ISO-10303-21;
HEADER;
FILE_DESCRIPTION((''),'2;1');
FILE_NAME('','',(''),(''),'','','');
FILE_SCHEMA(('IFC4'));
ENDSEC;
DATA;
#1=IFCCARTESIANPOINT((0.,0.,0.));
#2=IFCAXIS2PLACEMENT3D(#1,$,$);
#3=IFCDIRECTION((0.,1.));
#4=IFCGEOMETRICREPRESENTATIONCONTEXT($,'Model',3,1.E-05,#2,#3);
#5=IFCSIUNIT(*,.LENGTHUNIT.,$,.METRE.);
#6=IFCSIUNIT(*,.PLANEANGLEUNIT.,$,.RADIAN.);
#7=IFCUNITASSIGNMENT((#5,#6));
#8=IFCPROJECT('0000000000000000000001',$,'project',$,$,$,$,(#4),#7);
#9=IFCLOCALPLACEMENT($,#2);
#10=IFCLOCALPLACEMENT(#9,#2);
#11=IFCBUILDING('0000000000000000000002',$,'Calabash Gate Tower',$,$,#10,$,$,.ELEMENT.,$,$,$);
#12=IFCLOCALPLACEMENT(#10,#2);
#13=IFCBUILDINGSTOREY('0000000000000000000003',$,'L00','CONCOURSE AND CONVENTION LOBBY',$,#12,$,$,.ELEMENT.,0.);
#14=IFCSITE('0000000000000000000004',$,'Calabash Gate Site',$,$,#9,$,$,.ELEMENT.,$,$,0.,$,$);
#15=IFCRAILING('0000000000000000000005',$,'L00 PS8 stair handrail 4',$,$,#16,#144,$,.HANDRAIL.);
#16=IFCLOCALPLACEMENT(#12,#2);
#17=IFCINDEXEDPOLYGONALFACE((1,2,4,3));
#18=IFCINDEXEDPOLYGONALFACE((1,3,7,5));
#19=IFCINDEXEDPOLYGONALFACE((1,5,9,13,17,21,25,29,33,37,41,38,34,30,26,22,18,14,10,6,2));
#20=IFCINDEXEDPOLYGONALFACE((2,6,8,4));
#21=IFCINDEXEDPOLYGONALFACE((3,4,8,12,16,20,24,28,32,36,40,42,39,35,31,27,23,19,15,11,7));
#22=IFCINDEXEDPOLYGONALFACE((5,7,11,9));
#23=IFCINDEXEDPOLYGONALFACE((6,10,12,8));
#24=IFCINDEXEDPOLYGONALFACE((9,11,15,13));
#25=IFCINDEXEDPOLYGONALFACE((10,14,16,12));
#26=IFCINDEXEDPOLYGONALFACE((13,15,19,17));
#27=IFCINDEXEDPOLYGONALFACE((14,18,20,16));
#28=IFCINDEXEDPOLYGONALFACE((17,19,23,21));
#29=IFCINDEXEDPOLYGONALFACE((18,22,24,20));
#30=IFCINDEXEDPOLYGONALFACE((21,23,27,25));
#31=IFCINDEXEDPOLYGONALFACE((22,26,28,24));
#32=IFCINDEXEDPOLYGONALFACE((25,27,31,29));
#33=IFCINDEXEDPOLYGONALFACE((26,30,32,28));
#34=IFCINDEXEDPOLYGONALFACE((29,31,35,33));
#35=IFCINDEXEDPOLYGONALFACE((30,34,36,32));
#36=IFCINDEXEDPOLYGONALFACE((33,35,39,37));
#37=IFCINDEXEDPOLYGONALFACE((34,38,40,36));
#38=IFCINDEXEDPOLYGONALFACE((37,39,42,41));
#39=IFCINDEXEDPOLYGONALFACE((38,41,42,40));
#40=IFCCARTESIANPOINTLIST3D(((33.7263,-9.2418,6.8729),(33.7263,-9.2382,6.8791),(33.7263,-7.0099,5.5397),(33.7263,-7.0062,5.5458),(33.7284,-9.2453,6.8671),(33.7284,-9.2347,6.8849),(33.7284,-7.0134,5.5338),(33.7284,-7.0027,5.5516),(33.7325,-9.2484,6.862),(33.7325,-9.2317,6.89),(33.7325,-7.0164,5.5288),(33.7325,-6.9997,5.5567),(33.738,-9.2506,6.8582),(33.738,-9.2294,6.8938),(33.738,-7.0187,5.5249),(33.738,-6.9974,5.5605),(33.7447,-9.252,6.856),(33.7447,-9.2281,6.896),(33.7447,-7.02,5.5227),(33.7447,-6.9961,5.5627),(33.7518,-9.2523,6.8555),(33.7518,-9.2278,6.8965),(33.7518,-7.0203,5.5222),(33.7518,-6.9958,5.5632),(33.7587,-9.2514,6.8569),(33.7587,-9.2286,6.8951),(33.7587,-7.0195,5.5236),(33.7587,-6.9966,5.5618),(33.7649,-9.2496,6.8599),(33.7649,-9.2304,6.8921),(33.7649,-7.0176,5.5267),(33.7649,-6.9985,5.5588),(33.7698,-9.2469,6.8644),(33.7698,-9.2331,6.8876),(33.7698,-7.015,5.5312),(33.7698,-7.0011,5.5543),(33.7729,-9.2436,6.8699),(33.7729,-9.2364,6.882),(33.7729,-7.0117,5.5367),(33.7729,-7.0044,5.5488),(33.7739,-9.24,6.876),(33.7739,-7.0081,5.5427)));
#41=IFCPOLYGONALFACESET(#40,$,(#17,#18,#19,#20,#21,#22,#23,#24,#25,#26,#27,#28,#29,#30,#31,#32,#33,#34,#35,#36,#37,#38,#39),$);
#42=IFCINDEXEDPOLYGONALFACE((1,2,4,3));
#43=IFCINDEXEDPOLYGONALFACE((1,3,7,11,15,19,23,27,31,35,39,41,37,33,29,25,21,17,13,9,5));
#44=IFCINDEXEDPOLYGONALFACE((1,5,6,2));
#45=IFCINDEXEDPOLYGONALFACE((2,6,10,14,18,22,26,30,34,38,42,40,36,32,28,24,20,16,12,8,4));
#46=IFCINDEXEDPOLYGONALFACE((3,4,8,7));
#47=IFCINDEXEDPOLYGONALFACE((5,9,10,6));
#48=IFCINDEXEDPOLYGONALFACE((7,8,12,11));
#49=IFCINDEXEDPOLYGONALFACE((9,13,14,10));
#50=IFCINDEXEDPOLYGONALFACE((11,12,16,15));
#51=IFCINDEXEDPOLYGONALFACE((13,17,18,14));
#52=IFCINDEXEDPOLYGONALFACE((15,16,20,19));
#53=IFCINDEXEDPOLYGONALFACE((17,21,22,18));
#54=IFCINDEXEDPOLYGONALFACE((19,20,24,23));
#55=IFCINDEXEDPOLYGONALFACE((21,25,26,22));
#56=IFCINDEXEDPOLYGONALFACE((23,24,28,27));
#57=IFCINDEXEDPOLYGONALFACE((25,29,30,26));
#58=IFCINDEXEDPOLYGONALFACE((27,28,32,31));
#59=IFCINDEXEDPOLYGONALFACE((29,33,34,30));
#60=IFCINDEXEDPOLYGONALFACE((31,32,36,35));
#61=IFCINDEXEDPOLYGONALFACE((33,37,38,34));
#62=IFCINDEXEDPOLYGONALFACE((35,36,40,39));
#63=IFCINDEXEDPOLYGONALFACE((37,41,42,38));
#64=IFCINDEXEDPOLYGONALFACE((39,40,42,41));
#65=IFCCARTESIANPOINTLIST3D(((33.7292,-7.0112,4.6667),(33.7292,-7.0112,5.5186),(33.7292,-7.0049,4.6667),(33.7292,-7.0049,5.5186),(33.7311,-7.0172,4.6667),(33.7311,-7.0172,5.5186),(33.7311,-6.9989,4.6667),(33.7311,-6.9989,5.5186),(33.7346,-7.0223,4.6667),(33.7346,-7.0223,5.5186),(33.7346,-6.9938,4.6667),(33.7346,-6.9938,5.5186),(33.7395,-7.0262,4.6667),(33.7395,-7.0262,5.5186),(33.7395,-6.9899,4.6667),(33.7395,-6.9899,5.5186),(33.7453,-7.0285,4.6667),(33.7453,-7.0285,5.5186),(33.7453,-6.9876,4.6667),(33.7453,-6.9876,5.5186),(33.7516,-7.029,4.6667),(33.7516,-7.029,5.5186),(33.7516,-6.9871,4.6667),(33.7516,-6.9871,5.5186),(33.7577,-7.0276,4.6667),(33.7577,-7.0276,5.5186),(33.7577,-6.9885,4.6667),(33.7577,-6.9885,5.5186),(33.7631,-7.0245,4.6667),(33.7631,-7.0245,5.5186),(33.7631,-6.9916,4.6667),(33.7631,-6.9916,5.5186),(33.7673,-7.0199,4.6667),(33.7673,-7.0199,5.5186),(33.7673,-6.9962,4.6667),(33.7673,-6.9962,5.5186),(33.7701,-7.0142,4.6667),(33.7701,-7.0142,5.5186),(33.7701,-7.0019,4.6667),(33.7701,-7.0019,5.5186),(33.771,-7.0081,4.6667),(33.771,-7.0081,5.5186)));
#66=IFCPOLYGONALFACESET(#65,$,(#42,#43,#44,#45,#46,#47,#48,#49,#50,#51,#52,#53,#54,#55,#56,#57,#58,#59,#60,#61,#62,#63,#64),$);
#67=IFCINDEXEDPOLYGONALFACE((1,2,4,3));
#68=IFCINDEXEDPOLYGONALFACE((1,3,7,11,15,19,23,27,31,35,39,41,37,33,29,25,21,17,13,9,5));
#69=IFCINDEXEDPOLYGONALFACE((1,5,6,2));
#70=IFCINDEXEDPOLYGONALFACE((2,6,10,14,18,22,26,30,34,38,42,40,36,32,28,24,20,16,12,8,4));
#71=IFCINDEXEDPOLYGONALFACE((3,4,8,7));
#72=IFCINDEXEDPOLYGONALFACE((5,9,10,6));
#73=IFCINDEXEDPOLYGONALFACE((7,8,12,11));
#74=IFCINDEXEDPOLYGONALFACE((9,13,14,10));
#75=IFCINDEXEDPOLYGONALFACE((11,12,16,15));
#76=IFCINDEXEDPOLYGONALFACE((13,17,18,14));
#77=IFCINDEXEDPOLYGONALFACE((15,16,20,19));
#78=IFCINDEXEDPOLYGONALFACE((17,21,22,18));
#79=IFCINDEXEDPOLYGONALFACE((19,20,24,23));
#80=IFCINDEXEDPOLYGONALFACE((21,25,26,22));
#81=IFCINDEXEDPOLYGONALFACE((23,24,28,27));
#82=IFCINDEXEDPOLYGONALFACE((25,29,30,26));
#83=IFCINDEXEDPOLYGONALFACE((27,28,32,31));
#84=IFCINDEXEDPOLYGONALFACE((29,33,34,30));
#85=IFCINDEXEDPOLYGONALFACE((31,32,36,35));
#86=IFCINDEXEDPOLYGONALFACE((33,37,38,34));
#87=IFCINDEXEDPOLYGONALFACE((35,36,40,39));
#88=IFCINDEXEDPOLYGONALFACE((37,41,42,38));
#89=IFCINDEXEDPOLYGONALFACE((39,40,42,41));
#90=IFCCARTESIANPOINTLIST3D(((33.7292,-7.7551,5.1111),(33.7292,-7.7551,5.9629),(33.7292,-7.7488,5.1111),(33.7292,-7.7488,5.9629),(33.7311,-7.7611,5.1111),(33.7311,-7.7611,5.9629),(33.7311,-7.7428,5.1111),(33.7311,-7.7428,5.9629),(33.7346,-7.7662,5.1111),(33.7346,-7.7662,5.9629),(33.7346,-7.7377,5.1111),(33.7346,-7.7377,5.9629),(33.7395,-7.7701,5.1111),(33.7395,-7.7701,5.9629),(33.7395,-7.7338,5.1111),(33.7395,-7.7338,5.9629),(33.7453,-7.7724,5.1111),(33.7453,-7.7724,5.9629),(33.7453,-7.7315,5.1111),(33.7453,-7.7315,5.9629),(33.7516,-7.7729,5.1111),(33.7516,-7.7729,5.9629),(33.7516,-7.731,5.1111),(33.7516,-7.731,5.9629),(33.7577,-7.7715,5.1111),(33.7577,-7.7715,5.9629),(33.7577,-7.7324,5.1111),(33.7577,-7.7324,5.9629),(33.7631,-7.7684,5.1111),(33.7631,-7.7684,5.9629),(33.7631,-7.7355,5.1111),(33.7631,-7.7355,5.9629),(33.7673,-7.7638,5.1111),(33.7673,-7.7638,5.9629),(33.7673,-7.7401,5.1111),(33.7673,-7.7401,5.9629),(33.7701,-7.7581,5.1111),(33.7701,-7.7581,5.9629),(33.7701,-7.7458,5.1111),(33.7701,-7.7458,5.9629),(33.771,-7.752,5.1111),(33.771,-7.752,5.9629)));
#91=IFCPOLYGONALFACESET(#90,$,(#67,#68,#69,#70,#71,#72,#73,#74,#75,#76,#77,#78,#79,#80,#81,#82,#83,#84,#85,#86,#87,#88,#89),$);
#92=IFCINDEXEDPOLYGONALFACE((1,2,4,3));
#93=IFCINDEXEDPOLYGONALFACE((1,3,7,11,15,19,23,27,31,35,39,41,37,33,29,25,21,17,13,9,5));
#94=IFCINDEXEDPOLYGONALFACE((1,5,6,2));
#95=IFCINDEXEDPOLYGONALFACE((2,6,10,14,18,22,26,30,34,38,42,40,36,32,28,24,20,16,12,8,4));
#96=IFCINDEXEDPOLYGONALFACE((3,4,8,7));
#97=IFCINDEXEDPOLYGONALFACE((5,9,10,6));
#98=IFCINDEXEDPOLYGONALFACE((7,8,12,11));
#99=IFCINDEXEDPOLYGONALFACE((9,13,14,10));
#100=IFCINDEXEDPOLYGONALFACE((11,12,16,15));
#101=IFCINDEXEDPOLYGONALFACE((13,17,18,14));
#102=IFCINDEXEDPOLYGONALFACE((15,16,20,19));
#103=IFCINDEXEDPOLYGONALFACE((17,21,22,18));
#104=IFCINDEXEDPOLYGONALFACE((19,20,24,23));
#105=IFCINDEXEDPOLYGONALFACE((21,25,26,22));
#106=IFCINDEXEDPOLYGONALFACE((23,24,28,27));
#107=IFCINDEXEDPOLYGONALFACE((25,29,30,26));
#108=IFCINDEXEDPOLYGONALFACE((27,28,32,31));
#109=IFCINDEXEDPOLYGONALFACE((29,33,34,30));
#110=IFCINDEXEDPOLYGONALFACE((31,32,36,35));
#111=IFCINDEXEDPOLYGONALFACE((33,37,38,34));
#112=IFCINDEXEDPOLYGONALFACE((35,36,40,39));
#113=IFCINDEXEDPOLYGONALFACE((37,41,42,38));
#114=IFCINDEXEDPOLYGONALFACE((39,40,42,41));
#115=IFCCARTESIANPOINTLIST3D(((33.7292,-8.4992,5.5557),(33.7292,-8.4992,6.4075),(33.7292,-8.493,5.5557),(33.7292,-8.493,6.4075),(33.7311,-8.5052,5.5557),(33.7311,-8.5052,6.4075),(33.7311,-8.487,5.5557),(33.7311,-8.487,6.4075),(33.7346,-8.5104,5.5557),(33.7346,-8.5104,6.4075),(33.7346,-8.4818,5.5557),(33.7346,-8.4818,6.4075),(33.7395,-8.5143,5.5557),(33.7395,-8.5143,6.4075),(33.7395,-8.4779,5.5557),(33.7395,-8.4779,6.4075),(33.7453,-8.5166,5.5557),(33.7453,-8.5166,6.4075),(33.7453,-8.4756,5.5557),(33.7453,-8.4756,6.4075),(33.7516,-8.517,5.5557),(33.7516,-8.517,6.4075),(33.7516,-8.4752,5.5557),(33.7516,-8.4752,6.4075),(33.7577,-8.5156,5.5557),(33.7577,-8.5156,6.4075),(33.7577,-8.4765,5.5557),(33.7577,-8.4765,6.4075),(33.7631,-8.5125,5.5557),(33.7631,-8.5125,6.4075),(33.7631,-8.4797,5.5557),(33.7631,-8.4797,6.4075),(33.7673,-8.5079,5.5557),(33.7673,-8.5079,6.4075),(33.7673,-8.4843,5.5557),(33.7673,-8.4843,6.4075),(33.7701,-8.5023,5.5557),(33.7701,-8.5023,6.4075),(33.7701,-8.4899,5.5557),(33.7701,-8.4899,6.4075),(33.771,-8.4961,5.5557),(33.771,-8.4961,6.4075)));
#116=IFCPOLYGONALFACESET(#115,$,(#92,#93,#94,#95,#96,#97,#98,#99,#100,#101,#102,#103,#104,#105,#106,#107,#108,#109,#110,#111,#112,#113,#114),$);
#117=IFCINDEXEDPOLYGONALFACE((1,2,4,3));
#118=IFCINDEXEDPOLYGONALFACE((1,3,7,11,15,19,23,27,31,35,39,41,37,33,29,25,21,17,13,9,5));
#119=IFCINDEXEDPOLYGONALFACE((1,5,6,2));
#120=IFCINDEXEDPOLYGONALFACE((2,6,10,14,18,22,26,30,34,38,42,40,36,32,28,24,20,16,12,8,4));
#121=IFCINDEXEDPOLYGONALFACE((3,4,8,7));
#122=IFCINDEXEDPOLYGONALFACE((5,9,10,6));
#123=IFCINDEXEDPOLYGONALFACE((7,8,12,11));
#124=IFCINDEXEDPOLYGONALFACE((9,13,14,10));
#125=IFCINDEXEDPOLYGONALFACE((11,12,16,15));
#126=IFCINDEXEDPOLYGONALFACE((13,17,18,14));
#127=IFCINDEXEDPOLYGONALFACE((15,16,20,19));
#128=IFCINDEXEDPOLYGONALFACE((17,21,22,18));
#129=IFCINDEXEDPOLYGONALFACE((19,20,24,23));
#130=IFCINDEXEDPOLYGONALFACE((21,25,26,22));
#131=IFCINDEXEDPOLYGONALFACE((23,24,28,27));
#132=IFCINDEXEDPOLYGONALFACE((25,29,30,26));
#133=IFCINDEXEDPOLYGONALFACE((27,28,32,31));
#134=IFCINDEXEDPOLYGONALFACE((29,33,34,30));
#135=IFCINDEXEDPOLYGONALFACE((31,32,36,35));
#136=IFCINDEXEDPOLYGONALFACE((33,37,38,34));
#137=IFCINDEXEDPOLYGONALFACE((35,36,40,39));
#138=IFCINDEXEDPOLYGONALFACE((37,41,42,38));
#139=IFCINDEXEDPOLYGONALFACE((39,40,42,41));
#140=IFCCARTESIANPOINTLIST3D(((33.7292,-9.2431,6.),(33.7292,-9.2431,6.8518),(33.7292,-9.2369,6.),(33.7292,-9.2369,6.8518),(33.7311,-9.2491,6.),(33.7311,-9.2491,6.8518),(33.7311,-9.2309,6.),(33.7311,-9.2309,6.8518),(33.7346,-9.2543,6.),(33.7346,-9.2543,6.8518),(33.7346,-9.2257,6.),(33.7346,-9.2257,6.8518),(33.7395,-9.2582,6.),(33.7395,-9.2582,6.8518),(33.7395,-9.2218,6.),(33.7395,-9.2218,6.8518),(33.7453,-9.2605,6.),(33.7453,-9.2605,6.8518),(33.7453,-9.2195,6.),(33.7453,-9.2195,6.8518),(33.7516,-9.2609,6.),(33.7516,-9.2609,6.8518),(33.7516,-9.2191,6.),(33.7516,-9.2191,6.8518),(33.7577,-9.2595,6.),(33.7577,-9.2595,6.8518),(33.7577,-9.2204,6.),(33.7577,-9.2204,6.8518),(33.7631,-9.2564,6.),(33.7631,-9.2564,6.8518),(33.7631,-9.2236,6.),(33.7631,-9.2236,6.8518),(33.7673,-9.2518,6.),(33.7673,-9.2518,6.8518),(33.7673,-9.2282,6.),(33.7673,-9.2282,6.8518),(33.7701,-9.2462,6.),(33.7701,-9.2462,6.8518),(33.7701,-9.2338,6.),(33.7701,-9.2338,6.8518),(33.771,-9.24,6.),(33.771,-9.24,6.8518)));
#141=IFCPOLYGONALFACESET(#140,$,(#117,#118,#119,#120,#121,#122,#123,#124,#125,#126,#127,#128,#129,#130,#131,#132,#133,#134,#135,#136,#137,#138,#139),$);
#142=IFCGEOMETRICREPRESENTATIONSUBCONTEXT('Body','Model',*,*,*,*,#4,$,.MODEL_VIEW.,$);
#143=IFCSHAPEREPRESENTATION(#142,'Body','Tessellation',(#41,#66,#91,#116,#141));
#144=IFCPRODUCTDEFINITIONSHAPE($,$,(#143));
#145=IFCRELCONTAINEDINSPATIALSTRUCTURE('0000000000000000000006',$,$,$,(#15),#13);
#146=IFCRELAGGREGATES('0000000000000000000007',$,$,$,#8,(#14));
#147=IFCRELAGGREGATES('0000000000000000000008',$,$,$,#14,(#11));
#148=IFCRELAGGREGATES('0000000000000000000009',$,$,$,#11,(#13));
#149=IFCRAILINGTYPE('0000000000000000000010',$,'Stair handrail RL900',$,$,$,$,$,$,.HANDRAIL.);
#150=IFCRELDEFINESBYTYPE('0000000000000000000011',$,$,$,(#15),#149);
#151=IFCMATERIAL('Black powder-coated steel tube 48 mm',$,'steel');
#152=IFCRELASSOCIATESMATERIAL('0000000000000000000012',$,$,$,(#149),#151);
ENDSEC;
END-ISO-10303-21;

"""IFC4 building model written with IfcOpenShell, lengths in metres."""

from ifc_helpers import new_model, si_unit, direction, frame, origin, origin_2d, place, context, subcontext, project, spatial, circle, extrude, material, type_object, element, save


model = new_model("IFC4")

# Units and contexts
model_context = context("Model", 3, precision=1e-05, world=origin(), true_north=direction((0.0, 1.0)))
body_context = subcontext(model_context, "Body", "Model", "MODEL_VIEW")
ifc_project = project(units=[si_unit("LENGTHUNIT", "METRE"), si_unit("PLANEANGLEUNIT", "RADIAN")], contexts=[model_context])

# Site, building, storey
site_placement = place(None, origin())
site = spatial("IfcSite", under=ifc_project, at=site_placement, Name="Calabash Gate Site", CompositionType="ELEMENT", RefElevation=0.0)
building_placement = place(site_placement, origin())
building = spatial("IfcBuilding", under=site, at=building_placement, Name="Calabash Gate Tower", CompositionType="ELEMENT")
storey_placement = place(building_placement, origin())
storey = spatial("IfcBuildingStorey", under=building, at=storey_placement, Name="L00", Description="CONCOURSE AND CONVENTION LOBBY", CompositionType="ELEMENT", Elevation=0.0)

# Railing
ifc_material_1 = material(Name="Black powder-coated steel tube 48 mm", Category="steel")
railing_type_1 = type_object("IfcRailingType", Name="Stair handrail RL900", PredefinedType="HANDRAIL", material=ifc_material_1)
for number, where, name in (
    (1, (33.75, -7.0081, 4.6667), "L00 PS8 stair handrail 4"),
):
    element("IfcRailing", number, at=place(storey_placement, frame(where)), inside=storey, type_object=railing_type_1, Name=name, PredefinedType="HANDRAIL", context=body_context, shape_type="SweptSolid", body=[
        extrude(circle(Radius=0.0239, at=origin_2d()), frame((0.0, 0.0, 0.876), z_axis=(0.0, -0.858494, 0.512824), x_axis=(1.0, 0.0, 0.0)), (0.0, 0.0, 1.0), 2.5999),
        extrude(circle(Radius=0.021, at=origin_2d()), origin(), (0.0, 0.0, 1.0), 0.8518),
        extrude(circle(Radius=0.021, at=origin_2d()), frame((0.0, -0.7439, 0.4443)), (0.0, 0.0, 1.0), 0.8518),
        extrude(circle(Radius=0.021, at=origin_2d()), frame((0.0, -1.488, 0.8889)), (0.0, 0.0, 1.0), 0.8518),
        extrude(circle(Radius=0.021, at=origin_2d()), frame((0.0, -2.2319, 1.3333)), (0.0, 0.0, 1.0), 0.8518),
    ])

save(model, "model.ifc")
